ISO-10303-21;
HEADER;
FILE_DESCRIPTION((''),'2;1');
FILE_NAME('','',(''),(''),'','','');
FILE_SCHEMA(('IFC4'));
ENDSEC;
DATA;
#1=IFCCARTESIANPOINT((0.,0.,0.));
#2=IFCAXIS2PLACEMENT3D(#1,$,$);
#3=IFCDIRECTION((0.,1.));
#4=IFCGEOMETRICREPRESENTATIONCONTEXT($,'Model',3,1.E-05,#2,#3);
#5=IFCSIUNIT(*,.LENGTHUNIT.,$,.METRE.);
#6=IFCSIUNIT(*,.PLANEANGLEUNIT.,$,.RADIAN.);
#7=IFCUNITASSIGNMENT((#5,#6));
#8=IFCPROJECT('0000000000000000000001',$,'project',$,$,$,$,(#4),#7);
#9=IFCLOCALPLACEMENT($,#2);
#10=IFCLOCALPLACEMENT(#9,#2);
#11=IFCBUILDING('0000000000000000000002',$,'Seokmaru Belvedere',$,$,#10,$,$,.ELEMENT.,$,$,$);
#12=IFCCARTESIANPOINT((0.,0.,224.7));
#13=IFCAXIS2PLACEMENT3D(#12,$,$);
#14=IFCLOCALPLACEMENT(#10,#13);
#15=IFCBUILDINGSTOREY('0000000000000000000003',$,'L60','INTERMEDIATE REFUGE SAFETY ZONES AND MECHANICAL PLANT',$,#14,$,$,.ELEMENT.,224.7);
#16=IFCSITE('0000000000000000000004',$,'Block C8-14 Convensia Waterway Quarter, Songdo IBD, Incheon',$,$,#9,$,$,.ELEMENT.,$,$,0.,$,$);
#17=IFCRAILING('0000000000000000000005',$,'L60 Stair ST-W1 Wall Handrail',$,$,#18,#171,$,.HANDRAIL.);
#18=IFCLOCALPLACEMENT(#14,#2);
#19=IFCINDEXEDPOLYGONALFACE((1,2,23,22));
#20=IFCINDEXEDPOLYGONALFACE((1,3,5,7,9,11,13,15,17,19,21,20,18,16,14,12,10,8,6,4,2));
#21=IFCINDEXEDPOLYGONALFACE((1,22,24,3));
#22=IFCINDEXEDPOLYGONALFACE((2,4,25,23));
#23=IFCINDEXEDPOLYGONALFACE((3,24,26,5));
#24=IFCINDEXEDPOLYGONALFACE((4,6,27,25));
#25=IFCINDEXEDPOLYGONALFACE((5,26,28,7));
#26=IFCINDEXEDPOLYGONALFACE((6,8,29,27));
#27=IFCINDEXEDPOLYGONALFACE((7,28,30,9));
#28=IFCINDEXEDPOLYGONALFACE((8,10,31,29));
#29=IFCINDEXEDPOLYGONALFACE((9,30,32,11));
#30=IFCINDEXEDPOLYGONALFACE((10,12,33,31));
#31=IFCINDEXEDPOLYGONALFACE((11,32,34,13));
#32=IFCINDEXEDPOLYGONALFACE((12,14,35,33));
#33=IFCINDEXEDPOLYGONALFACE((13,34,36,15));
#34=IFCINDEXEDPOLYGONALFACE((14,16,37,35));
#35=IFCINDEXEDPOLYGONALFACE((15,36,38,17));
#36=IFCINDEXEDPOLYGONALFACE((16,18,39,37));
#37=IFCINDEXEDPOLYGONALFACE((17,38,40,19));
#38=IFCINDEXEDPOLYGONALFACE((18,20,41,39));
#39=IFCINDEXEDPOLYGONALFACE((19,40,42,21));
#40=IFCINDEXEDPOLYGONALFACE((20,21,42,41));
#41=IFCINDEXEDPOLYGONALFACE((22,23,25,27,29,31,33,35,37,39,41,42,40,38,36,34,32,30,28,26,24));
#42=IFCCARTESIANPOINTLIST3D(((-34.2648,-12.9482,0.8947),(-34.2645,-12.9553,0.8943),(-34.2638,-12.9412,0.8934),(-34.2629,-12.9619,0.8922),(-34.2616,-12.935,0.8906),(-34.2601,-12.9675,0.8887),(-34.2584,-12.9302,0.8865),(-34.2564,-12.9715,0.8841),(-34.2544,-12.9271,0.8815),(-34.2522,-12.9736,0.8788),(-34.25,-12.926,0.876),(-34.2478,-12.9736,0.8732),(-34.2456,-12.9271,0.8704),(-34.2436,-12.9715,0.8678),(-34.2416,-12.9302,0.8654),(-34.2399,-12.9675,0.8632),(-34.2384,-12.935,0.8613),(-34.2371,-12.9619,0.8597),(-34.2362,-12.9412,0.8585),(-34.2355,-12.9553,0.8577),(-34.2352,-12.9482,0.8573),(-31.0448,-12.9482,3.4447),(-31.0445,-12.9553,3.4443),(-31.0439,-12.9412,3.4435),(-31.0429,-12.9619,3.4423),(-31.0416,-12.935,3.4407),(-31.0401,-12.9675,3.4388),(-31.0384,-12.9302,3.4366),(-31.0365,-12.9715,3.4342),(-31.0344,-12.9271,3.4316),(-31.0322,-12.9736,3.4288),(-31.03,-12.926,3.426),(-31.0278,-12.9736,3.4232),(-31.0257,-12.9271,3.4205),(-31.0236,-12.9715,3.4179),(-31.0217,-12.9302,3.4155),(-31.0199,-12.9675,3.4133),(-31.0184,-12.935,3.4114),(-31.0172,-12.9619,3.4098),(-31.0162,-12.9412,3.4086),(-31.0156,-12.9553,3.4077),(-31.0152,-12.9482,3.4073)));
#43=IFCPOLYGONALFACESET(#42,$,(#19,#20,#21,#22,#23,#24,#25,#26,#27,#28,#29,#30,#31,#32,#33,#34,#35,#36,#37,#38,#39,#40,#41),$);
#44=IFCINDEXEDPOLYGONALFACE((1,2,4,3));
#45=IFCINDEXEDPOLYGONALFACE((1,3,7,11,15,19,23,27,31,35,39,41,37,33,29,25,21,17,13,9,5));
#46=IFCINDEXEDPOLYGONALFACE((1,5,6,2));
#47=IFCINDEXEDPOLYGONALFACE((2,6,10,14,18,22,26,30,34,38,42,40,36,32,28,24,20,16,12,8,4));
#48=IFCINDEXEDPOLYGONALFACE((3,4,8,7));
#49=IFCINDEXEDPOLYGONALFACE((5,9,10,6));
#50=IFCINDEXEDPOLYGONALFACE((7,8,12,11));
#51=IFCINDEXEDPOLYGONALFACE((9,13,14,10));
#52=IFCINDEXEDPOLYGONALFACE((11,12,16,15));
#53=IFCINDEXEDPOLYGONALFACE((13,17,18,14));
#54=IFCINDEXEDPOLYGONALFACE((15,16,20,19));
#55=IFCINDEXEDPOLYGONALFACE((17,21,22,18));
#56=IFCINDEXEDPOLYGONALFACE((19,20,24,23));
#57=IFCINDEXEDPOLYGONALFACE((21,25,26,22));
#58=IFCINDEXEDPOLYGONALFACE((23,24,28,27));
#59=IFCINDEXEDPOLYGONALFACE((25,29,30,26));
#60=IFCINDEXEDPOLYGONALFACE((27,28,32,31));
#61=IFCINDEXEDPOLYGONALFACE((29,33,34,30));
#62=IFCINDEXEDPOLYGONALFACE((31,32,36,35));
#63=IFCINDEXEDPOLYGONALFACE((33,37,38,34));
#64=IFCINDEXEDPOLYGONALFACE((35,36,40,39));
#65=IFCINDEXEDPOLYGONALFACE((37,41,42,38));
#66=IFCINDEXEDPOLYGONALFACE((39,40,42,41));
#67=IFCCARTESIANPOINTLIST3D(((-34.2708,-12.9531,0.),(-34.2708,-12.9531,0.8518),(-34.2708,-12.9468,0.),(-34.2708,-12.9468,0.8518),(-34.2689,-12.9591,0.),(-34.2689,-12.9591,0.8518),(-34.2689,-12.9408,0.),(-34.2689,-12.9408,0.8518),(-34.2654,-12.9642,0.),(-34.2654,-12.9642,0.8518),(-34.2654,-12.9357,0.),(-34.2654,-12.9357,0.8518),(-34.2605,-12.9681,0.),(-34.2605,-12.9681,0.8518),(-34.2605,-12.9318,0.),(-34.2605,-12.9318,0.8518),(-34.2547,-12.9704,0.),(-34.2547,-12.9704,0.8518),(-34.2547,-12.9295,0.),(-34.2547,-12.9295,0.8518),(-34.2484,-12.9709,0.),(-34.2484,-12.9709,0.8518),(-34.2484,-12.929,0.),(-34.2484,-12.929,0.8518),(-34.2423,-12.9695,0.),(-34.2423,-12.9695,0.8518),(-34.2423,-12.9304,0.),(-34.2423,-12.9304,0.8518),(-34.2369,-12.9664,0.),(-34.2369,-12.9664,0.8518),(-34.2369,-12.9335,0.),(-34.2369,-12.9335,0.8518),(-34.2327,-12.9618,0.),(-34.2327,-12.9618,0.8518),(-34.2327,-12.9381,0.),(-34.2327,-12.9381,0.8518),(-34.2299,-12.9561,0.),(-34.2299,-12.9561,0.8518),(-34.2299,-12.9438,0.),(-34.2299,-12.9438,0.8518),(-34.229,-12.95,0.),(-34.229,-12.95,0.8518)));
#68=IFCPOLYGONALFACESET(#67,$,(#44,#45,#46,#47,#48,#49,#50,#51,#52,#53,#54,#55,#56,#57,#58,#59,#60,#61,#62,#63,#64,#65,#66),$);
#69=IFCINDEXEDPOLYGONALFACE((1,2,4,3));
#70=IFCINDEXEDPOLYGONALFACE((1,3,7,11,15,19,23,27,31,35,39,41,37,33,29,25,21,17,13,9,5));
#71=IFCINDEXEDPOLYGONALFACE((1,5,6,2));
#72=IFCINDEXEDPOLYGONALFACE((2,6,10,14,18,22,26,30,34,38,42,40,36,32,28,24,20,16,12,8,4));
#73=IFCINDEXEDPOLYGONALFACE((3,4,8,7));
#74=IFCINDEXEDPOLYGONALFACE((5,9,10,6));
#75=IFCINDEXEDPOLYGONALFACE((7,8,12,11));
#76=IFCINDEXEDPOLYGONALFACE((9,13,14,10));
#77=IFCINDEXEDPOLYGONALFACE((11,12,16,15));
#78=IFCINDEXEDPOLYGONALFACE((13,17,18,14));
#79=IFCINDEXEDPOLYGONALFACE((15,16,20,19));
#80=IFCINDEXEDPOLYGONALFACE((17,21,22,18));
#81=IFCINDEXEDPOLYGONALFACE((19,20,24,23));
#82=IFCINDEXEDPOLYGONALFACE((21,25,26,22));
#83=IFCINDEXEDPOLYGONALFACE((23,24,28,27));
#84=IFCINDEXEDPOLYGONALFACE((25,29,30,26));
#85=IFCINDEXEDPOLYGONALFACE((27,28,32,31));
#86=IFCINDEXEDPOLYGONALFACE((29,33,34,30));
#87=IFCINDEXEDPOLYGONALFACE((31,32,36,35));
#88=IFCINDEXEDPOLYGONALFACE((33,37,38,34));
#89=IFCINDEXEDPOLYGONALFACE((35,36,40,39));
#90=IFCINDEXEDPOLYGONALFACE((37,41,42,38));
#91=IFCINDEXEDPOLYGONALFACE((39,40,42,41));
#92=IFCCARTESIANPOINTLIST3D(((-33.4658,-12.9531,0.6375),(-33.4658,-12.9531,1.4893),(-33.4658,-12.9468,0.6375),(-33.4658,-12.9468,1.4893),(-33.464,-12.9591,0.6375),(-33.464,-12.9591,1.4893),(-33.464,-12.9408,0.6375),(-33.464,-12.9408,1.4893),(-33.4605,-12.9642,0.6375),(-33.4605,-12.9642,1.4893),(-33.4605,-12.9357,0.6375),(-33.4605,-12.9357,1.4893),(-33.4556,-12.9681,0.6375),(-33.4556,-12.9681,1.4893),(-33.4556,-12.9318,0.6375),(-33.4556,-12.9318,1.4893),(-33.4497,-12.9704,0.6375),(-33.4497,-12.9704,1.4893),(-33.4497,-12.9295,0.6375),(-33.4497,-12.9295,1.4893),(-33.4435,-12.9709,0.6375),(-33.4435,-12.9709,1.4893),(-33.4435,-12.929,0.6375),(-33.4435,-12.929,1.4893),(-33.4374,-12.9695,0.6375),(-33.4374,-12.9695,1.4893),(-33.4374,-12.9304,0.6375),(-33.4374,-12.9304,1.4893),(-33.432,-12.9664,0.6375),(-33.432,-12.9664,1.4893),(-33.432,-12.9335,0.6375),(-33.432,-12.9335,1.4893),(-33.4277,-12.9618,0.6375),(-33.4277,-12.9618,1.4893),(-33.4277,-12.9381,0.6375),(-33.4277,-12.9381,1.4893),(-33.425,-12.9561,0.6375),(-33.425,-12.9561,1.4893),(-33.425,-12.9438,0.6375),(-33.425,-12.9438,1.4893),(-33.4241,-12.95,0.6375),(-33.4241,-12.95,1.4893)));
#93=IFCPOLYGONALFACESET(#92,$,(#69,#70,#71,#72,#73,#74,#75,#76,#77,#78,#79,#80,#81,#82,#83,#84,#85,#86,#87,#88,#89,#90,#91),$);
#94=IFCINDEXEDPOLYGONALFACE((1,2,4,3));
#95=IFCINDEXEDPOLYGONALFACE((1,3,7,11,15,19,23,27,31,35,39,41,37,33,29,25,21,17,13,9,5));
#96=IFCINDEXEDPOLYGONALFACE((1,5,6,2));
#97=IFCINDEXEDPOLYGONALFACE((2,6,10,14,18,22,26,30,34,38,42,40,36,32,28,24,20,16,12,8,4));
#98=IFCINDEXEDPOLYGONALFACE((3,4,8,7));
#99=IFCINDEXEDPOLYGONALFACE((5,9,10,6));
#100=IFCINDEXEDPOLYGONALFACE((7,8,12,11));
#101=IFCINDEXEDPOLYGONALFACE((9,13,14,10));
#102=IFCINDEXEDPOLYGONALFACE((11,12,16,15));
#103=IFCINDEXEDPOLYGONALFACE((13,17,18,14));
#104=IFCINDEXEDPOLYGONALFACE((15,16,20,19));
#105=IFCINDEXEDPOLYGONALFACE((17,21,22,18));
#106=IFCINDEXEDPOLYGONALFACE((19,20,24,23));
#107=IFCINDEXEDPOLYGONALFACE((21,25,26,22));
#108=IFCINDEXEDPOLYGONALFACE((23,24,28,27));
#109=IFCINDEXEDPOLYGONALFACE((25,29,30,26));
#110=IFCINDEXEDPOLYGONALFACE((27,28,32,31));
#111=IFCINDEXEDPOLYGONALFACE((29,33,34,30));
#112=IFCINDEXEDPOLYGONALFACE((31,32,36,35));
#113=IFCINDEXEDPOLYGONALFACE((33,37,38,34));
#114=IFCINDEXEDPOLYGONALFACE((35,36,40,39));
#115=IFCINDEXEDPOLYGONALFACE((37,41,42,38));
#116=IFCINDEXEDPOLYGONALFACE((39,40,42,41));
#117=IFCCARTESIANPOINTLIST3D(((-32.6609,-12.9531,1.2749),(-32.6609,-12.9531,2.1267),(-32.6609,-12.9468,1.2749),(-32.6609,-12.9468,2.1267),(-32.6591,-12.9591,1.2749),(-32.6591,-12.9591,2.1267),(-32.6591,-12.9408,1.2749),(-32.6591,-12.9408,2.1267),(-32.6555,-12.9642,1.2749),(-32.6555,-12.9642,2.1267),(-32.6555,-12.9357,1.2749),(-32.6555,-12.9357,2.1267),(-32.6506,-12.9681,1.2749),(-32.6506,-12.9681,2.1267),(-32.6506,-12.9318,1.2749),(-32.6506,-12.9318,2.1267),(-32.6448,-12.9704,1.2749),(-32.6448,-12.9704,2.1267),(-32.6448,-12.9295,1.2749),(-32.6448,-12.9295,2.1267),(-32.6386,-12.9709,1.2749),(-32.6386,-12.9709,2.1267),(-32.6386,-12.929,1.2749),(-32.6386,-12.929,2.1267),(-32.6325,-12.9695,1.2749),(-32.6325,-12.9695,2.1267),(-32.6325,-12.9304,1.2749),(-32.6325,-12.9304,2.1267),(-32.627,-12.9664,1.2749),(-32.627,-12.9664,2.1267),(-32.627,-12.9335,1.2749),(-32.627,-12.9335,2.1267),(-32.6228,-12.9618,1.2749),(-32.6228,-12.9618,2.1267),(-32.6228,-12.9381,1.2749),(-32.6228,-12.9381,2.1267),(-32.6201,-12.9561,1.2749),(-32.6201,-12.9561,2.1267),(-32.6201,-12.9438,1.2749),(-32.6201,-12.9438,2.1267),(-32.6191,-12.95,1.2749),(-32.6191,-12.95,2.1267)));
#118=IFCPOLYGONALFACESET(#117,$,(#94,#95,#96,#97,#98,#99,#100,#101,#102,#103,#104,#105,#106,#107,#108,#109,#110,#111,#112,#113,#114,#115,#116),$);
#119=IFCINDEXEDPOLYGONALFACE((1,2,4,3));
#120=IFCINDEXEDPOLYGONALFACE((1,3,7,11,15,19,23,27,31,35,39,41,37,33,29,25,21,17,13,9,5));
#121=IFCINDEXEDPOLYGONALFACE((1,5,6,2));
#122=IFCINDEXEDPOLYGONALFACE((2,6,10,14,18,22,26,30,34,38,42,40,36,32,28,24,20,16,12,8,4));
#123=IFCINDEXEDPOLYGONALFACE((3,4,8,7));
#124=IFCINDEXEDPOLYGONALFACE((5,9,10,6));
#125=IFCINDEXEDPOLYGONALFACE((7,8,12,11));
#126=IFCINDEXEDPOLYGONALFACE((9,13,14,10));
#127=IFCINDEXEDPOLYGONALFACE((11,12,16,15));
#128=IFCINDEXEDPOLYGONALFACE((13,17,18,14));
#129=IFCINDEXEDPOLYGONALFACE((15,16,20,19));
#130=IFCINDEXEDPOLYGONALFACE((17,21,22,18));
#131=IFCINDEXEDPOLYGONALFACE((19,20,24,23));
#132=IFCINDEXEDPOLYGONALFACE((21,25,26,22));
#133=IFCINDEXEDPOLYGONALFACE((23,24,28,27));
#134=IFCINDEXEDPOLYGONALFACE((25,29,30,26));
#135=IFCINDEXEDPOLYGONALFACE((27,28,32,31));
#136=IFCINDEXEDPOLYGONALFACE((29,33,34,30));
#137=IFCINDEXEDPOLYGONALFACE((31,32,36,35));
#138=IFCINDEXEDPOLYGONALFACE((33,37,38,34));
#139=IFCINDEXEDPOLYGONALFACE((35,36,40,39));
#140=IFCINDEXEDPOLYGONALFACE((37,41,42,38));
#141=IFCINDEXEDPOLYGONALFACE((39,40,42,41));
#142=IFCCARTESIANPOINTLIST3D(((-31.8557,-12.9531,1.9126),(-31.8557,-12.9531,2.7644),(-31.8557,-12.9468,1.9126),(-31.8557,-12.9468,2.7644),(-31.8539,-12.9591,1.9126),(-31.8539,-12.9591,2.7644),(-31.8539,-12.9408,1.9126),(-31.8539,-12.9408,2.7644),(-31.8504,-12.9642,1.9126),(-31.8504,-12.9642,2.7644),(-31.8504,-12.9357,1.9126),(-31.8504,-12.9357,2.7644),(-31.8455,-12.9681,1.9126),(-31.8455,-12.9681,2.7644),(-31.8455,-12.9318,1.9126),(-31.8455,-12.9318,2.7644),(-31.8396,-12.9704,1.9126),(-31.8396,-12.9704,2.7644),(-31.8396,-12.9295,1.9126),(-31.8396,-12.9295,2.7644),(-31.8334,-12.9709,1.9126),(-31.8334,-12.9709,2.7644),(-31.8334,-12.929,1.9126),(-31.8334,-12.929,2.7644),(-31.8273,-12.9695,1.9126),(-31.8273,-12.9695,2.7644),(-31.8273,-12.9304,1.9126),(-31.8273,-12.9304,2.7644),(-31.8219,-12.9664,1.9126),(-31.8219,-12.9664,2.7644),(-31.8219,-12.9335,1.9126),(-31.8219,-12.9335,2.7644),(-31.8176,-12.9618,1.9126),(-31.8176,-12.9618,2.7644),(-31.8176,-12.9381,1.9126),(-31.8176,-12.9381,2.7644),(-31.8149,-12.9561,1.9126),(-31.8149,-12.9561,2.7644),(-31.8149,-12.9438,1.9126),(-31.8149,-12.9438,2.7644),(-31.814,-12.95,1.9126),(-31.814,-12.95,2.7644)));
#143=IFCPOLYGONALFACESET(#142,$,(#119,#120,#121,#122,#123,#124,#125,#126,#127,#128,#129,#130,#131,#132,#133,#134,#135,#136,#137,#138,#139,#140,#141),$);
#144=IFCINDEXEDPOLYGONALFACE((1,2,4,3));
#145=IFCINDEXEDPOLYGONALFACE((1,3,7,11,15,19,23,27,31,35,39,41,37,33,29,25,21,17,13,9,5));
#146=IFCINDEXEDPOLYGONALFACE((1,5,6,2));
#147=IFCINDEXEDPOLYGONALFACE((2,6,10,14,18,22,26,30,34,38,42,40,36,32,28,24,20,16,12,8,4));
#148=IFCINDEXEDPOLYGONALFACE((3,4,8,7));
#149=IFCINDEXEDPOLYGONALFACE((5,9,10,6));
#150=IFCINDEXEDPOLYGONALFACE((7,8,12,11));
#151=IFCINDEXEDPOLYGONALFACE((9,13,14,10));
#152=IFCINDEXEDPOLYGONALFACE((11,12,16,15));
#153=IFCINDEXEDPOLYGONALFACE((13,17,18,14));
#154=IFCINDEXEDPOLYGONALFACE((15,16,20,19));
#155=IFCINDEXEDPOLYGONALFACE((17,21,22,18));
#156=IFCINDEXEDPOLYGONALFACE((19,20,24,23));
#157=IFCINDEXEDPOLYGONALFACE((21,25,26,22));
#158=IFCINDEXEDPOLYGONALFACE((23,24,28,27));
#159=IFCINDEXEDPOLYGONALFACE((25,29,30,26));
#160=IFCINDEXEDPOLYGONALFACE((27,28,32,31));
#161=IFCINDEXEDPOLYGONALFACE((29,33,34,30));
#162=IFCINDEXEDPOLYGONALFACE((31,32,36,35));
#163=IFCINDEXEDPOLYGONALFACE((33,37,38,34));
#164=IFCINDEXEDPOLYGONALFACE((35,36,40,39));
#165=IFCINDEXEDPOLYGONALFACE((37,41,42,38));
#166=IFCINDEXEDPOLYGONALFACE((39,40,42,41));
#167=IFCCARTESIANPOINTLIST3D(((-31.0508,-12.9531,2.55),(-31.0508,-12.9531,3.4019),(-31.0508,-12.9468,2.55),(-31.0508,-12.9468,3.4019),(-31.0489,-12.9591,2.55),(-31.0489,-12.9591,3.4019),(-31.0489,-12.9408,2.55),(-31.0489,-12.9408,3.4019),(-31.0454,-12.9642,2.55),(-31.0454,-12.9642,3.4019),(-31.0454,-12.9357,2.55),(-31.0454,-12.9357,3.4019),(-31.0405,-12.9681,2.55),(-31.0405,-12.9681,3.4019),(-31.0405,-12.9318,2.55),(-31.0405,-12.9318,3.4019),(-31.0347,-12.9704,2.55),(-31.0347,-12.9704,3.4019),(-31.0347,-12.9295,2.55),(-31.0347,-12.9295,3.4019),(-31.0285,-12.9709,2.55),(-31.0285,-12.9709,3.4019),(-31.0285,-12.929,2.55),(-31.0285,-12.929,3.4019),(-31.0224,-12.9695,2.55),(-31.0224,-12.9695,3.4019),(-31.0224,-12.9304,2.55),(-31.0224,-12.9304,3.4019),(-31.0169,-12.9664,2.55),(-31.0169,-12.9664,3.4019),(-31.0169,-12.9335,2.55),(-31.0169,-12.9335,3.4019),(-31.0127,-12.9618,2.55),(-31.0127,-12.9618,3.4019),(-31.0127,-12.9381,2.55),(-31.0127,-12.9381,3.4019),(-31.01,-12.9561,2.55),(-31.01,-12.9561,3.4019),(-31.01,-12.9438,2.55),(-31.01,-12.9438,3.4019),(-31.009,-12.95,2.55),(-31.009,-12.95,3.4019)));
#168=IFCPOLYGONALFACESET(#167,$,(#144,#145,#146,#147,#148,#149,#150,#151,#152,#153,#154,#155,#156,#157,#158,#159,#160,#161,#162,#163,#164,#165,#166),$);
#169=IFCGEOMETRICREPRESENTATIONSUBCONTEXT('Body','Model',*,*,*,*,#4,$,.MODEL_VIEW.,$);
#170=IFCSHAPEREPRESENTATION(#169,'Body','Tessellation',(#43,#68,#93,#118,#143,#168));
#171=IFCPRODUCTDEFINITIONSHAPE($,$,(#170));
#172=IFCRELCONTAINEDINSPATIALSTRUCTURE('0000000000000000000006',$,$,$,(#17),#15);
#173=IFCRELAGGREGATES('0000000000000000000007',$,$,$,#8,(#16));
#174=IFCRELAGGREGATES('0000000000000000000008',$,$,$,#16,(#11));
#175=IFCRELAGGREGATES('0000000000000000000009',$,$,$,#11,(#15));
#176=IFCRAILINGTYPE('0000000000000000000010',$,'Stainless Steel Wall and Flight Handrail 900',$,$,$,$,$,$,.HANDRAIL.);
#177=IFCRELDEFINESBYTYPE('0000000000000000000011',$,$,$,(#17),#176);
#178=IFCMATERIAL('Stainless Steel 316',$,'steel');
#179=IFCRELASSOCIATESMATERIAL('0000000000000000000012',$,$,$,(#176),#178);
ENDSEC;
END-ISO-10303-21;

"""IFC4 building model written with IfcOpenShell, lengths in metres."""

from ifc_helpers import new_model, si_unit, direction, frame, origin, origin_2d, place, context, subcontext, project, spatial, circle, extrude, material, type_object, element, save


model = new_model("IFC4")

# Units and contexts
model_context = context("Model", 3, precision=1e-05, world=origin(), true_north=direction((0.0, 1.0)))
body_context = subcontext(model_context, "Body", "Model", "MODEL_VIEW")
ifc_project = project(units=[si_unit("LENGTHUNIT", "METRE"), si_unit("PLANEANGLEUNIT", "RADIAN")], contexts=[model_context])

# Site, building, storey
site_placement = place(None, origin())
site = spatial("IfcSite", under=ifc_project, at=site_placement, Name="Block C8-14 Convensia Waterway Quarter, Songdo IBD, Incheon", CompositionType="ELEMENT", RefElevation=0.0)
building_placement = place(site_placement, origin())
building = spatial("IfcBuilding", under=site, at=building_placement, Name="Seokmaru Belvedere", CompositionType="ELEMENT")
storey_placement = place(building_placement, frame((0.0, 0.0, 224.7)))
storey = spatial("IfcBuildingStorey", under=building, at=storey_placement, Name="L60", Description="INTERMEDIATE REFUGE SAFETY ZONES AND MECHANICAL PLANT", CompositionType="ELEMENT", Elevation=224.7)

# Railing
ifc_material_1 = material(Name="Stainless Steel 316", Category="steel")
railing_type_1 = type_object("IfcRailingType", Name="Stainless Steel Wall and Flight Handrail 900", PredefinedType="HANDRAIL", material=ifc_material_1)
railing_1_placement = place(storey_placement, frame((-34.25, -12.95, 0.0)))
element("IfcRailing", 1, at=railing_1_placement, inside=storey, type_object=railing_type_1, Name="L60 Stair ST-W1 Wall Handrail", PredefinedType="HANDRAIL", context=body_context, shape_type="SweptSolid", body=[
    extrude(circle(Radius=0.0239, at=origin_2d()), frame((0.0, 0.0, 0.876), z_axis=(0.783939, 0.0, 0.620838), x_axis=(0.0, 1.0, 0.0)), (0.0, 0.0, 1.0), 4.1074),
    extrude(circle(Radius=0.021, at=origin_2d()), origin(), (0.0, 0.0, 1.0), 0.8518),
    extrude(circle(Radius=0.021, at=origin_2d()), frame((0.8049, 0.0, 0.6375)), (0.0, 0.0, 1.0), 0.8518),
    extrude(circle(Radius=0.021, at=origin_2d()), frame((1.6099, 0.0, 1.2749)), (0.0, 0.0, 1.0), 0.8518),
    extrude(circle(Radius=0.021, at=origin_2d()), frame((2.415, 0.0, 1.9126)), (0.0, 0.0, 1.0), 0.8518),
    extrude(circle(Radius=0.021, at=origin_2d()), frame((3.22, 0.0, 2.55)), (0.0, 0.0, 1.0), 0.8518),
])

save(model, "model.ifc")
